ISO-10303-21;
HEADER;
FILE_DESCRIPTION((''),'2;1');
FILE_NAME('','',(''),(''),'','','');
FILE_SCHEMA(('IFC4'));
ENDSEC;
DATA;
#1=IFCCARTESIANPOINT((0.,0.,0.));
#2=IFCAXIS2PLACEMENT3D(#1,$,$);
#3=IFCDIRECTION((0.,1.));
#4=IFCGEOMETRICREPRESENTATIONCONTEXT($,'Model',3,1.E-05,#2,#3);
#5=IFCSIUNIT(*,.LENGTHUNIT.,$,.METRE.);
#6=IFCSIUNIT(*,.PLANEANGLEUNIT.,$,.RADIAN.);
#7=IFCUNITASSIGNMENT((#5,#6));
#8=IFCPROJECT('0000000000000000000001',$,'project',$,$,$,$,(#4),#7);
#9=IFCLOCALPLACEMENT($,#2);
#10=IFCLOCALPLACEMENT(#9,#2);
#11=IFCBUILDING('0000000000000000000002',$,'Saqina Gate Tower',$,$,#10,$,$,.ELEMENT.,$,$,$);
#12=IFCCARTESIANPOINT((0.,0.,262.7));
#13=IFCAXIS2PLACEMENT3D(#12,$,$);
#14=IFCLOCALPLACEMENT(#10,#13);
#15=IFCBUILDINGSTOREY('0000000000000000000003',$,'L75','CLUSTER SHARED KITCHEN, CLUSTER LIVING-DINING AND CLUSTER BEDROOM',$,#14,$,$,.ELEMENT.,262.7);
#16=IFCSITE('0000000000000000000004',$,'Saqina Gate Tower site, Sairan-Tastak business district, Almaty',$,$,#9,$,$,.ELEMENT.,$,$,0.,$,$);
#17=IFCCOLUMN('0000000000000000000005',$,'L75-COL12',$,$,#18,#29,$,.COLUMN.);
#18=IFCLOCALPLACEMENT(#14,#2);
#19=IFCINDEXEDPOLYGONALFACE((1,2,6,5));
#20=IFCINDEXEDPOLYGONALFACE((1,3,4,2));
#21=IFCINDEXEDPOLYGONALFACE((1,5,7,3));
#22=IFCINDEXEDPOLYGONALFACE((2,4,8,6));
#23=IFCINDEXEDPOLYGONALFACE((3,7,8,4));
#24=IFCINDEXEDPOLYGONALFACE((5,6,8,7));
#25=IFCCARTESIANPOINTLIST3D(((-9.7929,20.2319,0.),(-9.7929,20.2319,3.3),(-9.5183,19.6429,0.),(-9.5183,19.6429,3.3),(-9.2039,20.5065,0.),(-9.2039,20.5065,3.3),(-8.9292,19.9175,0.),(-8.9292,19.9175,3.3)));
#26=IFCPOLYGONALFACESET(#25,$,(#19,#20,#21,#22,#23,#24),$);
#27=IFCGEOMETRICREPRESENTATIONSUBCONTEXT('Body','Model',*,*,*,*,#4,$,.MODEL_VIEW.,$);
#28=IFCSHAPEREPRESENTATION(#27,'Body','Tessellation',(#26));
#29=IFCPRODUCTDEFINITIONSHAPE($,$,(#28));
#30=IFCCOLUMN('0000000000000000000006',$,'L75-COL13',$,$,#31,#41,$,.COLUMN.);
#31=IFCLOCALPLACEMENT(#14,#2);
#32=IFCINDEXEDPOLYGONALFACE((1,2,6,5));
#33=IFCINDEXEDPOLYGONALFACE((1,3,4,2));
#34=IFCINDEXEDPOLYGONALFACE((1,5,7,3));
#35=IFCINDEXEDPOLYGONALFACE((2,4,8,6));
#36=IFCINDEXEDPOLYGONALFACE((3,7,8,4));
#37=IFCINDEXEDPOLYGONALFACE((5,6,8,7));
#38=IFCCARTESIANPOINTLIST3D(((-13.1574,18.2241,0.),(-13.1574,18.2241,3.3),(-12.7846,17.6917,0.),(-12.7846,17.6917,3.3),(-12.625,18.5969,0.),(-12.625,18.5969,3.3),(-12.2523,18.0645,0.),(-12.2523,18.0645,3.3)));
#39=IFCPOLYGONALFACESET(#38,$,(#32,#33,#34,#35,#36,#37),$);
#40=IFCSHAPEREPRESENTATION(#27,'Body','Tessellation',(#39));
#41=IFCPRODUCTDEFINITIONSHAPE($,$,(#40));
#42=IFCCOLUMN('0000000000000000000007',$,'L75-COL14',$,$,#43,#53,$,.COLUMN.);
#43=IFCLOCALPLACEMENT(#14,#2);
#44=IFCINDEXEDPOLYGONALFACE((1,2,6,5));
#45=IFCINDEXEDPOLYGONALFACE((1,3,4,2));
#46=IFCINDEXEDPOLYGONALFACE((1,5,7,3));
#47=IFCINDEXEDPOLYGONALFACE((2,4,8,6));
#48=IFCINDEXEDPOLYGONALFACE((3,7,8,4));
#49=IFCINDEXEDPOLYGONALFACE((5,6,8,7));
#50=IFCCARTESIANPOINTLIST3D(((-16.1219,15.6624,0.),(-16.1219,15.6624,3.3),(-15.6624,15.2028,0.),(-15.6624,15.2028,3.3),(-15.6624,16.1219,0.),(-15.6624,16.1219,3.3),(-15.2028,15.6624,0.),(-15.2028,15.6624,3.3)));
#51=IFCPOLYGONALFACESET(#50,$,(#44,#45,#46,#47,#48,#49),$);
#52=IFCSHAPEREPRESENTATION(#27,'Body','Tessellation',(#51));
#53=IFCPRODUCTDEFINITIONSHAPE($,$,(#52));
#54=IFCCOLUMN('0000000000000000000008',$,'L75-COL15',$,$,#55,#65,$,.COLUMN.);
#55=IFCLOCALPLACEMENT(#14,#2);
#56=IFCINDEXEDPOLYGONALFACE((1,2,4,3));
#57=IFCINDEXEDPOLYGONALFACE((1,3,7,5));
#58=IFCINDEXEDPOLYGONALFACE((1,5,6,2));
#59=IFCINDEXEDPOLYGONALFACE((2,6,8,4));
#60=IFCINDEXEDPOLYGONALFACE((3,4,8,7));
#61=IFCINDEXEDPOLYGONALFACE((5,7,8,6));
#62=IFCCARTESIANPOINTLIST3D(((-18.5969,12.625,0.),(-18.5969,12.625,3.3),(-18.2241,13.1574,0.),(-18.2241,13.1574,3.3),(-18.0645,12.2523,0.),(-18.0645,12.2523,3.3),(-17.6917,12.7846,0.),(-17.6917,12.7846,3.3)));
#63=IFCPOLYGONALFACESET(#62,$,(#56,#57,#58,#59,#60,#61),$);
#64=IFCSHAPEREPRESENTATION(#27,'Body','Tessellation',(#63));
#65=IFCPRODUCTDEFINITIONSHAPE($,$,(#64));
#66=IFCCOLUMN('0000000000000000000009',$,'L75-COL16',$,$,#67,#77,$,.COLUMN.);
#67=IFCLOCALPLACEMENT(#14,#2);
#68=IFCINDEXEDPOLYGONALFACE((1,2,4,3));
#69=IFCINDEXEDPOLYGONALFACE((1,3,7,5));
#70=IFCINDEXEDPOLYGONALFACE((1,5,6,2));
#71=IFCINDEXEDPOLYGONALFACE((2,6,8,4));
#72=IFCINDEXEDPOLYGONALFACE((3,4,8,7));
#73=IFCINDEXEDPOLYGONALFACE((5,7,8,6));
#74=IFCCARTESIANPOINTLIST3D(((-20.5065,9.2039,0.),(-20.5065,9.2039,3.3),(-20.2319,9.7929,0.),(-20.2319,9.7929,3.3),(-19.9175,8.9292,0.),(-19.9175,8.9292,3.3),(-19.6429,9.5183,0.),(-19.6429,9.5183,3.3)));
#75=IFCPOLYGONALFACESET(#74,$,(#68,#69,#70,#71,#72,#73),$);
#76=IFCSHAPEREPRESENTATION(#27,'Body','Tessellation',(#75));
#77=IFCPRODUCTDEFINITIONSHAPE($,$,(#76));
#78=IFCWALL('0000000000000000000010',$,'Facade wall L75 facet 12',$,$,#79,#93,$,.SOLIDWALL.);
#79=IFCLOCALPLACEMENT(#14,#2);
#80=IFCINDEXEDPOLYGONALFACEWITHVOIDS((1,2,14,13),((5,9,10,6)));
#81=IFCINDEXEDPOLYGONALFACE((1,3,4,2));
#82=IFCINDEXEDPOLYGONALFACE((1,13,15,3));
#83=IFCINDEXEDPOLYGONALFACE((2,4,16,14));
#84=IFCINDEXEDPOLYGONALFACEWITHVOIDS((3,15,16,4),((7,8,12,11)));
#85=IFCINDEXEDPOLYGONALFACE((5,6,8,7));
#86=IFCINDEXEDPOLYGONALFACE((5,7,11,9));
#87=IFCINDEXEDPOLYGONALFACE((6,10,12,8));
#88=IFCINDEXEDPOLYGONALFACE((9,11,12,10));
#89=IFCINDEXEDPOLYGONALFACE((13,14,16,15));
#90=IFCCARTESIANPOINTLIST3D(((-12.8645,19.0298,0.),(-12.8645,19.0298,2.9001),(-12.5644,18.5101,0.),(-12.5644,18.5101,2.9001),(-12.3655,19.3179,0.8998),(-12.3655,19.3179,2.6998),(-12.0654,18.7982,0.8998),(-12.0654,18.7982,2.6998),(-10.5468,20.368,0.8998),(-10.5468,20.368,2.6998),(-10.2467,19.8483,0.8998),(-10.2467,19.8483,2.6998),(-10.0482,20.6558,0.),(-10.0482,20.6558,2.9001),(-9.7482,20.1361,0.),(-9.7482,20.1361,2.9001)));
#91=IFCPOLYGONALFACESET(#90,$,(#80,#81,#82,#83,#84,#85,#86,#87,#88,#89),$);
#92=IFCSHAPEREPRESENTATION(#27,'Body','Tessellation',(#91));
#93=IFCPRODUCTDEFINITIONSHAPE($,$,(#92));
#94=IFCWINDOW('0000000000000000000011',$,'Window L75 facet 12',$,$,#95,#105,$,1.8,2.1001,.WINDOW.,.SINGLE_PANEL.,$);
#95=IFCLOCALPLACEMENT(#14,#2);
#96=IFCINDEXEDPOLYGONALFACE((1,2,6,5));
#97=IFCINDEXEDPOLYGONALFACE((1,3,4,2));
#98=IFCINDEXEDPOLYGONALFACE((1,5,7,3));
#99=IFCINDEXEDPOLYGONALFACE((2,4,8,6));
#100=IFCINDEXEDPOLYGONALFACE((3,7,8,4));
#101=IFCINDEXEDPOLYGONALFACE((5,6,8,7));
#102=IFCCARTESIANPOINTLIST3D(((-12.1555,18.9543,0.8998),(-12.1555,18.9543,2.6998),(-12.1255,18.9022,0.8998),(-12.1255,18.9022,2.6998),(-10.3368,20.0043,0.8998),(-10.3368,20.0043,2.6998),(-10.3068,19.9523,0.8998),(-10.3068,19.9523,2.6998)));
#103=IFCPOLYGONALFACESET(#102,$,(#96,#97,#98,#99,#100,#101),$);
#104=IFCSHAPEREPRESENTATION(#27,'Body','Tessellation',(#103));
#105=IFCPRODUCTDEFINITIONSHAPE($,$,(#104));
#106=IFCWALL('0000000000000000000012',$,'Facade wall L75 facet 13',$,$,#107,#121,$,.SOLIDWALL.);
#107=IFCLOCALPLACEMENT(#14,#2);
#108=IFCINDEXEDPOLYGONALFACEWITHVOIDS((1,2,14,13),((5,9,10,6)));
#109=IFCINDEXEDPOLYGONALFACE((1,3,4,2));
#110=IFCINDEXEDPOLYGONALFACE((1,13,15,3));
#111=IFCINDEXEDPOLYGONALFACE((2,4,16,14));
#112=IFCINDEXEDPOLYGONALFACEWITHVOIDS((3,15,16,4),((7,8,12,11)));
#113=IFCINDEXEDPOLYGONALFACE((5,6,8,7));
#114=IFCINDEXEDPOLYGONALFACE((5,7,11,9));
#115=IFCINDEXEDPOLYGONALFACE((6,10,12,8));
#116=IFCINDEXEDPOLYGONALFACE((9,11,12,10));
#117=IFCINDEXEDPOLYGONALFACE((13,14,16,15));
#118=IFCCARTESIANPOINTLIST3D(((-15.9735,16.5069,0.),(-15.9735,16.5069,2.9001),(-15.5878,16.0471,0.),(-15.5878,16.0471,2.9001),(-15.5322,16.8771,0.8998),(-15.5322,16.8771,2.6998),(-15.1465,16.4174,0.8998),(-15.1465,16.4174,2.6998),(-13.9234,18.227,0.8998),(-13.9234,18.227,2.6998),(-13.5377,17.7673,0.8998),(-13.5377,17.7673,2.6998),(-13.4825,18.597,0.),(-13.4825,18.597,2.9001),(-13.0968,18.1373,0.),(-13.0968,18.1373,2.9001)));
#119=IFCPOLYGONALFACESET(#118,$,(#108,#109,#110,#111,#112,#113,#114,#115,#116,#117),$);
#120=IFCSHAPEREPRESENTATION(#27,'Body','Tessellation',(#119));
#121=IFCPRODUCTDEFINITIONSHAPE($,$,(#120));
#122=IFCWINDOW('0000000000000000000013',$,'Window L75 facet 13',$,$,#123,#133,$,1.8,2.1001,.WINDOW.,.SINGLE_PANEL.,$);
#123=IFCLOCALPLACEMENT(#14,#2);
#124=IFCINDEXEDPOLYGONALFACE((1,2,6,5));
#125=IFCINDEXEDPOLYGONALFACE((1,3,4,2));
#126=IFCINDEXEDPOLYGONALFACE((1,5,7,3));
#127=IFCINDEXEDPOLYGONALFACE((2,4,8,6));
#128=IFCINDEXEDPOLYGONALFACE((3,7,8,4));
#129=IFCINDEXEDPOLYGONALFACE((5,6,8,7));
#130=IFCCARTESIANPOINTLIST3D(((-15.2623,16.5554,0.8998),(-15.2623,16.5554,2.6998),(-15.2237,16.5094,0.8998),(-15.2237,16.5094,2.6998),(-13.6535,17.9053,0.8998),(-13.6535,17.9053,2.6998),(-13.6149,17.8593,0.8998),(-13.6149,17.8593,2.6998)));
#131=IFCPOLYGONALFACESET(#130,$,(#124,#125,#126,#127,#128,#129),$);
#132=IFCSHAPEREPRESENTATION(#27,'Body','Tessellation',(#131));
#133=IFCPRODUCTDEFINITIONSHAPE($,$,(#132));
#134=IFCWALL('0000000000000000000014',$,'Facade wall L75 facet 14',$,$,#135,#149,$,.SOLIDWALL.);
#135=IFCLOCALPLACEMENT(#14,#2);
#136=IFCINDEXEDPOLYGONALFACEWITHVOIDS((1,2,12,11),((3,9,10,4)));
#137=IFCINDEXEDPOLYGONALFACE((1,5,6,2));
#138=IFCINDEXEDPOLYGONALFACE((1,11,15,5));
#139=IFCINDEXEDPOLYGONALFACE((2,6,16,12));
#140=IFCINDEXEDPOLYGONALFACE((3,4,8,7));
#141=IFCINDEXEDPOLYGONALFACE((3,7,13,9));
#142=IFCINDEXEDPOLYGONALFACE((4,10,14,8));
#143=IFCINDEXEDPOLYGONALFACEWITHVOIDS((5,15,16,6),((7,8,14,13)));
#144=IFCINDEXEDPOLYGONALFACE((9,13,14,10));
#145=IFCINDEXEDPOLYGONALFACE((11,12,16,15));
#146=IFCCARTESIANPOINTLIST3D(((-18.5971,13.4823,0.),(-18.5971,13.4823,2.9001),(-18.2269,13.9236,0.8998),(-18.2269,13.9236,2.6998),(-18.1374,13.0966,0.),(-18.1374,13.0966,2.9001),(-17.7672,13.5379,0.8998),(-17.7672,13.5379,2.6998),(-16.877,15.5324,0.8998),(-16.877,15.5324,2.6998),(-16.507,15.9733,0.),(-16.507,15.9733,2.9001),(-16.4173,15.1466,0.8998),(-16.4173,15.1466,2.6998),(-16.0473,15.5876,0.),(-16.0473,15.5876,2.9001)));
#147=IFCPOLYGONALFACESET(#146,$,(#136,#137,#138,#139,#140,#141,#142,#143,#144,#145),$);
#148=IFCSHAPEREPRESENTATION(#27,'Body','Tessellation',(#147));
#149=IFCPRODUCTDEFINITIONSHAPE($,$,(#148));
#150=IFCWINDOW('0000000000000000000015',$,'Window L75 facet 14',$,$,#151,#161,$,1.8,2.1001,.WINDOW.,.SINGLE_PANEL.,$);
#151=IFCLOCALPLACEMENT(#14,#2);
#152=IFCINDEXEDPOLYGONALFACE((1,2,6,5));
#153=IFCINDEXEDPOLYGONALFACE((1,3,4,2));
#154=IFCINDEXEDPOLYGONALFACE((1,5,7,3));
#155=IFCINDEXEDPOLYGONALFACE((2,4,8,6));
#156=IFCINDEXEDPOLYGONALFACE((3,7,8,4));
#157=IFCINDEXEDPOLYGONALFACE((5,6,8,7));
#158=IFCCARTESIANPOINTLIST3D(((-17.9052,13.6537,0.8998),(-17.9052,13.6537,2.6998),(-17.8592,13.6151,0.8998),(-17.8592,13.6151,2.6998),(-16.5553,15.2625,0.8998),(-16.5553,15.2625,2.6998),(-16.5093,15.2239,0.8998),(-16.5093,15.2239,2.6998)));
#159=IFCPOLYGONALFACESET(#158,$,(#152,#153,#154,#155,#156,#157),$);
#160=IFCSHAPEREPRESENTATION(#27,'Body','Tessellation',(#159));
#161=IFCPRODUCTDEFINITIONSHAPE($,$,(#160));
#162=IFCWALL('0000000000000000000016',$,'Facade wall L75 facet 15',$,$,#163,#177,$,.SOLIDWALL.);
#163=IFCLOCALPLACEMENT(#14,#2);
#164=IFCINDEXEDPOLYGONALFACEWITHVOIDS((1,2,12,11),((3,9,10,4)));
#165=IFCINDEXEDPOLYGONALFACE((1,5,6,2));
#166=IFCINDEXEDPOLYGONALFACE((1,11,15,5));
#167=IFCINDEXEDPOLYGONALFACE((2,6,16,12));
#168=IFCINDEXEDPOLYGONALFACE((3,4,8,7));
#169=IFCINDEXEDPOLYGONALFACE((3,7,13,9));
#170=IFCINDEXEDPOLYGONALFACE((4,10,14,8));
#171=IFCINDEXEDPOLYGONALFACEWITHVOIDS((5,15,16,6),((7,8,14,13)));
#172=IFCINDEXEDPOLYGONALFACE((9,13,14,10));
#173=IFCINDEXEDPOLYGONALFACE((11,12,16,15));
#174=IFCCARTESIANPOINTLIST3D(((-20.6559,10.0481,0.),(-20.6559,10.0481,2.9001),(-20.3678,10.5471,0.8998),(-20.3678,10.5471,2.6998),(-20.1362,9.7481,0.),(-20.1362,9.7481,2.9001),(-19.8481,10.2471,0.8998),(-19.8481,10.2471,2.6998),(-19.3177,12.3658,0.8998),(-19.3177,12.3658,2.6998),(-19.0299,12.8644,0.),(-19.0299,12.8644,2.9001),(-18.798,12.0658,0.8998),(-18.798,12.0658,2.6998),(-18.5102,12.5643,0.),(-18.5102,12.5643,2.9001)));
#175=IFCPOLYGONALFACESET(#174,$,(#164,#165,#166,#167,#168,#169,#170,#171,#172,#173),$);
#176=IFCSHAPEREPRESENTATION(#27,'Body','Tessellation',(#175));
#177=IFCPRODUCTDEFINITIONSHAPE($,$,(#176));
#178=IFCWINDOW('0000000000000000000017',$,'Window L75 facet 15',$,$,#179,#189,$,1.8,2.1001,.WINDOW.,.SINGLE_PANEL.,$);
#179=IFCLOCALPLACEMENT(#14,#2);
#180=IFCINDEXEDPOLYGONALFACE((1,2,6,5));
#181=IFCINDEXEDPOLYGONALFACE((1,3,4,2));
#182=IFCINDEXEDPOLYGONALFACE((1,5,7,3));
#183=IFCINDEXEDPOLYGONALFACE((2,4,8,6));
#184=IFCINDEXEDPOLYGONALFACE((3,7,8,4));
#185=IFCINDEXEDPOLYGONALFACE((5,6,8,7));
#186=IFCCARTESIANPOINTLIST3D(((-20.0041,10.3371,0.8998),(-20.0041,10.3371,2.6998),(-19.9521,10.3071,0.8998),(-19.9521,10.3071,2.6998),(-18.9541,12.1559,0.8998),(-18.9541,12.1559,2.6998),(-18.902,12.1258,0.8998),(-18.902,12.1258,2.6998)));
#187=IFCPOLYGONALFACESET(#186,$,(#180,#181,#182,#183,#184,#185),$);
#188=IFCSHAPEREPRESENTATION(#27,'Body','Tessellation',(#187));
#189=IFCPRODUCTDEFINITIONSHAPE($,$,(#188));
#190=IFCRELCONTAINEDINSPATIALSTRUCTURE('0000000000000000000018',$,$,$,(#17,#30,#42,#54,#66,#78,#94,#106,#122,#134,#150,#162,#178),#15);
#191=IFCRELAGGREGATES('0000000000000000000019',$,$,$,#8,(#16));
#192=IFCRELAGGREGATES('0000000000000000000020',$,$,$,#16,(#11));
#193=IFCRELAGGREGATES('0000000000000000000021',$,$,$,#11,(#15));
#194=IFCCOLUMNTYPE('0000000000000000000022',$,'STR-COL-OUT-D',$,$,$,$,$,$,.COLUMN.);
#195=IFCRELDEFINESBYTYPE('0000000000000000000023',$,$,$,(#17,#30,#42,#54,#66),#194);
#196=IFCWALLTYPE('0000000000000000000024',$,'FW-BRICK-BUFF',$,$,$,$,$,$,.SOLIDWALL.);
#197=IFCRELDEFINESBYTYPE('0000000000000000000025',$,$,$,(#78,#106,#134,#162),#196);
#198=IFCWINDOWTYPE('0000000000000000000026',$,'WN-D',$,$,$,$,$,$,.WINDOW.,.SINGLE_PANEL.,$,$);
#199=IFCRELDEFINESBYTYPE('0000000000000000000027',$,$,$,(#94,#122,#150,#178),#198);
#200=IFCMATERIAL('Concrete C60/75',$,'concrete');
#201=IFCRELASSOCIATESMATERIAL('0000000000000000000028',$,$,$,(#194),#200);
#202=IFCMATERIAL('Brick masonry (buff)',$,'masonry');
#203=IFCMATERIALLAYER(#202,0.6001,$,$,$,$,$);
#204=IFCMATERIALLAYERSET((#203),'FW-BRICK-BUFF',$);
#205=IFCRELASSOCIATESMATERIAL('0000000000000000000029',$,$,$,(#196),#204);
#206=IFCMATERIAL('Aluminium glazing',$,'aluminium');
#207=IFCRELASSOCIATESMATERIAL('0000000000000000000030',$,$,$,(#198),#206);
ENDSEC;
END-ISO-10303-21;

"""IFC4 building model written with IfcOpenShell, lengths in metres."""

from ifc_helpers import new_model, si_unit, direction, frame, frame_2d, origin, origin_2d, place, context, subcontext, project, spatial, rectangle, extrude, material, layer, layer_set, material_profile, profile_set, type_object, element, fill, save


model = new_model("IFC4")

# Units and contexts
model_context = context("Model", 3, precision=1e-05, world=origin(), true_north=direction((0.0, 1.0)))
body_context = subcontext(model_context, "Body", "Model", "MODEL_VIEW")
ifc_project = project(units=[si_unit("LENGTHUNIT", "METRE"), si_unit("PLANEANGLEUNIT", "RADIAN")], contexts=[model_context])

# Site, building, storey
site_placement = place(None, origin())
site = spatial("IfcSite", under=ifc_project, at=site_placement, Name="Saqina Gate Tower site, Sairan-Tastak business district, Almaty", CompositionType="ELEMENT", RefElevation=0.0)
building_placement = place(site_placement, origin())
building = spatial("IfcBuilding", under=site, at=building_placement, Name="Saqina Gate Tower", CompositionType="ELEMENT")
storey_placement = place(building_placement, frame((0.0, 0.0, 262.7)))
storey = spatial("IfcBuildingStorey", under=building, at=storey_placement, Name="L75", Description="CLUSTER SHARED KITCHEN, CLUSTER LIVING-DINING AND CLUSTER BEDROOM", CompositionType="ELEMENT", Elevation=262.7)

# Columns
ifc_material_1 = material(Name="Concrete C60/75", Category="concrete")
ifc_material_profile = material_profile(ifc_material_1, rectangle(XDim=0.6499, YDim=0.6499, at=origin_2d()), Name="RC 650x650")
ifc_profile_set = profile_set([ifc_material_profile], Name="Concrete C60/75")
column_type = type_object("IfcColumnType", Name="STR-COL-OUT-D", PredefinedType="COLUMN", material=ifc_profile_set)
for number, where, z_axis, x_axis, name in (
    (1, (-9.3611, 20.0747, 0.0), (0.0, 0.0, 1.0), (-0.422618, 0.906308, 0.0), "L75-COL12"),
    (2, (-12.7048, 18.1443, 0.0), (0.0, 0.0, 1.0), (-0.573576, 0.819152, 0.0), "L75-COL13"),
    (3, (-15.6624, 15.6624, 0.0), (0.0, 0.0, 1.0), (-0.707107, 0.707107, 0.0), "L75-COL14"),
    (4, (-18.1443, 12.7048, 0.0), (0.0, 0.0, 1.0), (-0.819152, 0.573576, 0.0), "L75-COL15"),
    (5, (-20.0747, 9.3611, 0.0), (0.0, 0.0, 1.0), (-0.906308, 0.422618, 0.0), "L75-COL16"),
):
    element("IfcColumn", number, at=place(storey_placement, frame(where, z_axis=z_axis, x_axis=x_axis)), inside=storey, type_object=column_type, Name=name, PredefinedType="COLUMN", context=body_context, shape_type="SweptSolid", body=[
        extrude(rectangle(XDim=0.6499, YDim=0.6499, at=origin_2d()), origin(), (0.0, 0.0, 1.0), 3.3),
    ])

# Walls, openings, windows
ifc_material_2 = material(Name="Brick masonry (buff)", Category="masonry")
ifc_layer_1 = layer(ifc_material_2, 0.6001)
ifc_layer_set_1 = layer_set([ifc_layer_1], Name="FW-BRICK-BUFF")
wall_type_1 = type_object("IfcWallType", Name="FW-BRICK-BUFF", PredefinedType="SOLIDWALL", material=ifc_layer_set_1)
wall_1_placement = place(storey_placement, frame((-9.8982, 20.396, 0.0), z_axis=(0.0, 0.0, 1.0), x_axis=(-0.866017, -0.500015, 0.0)))
wall_1 = element("IfcWall", 6, at=wall_1_placement, inside=storey, type_object=wall_type_1, Name="Facade wall L75 facet 12", PredefinedType="SOLIDWALL", context=body_context, shape_type="SweptSolid", body=[
    extrude(rectangle(XDim=3.252, YDim=0.6001, at=frame_2d((1.626, 0.0))), origin(), (0.0, 0.0, 1.0), 2.9001),
])
opening_1_placement = place(wall_1_placement, frame((0.5757, 0.0, 0.8999)))
opening_1 = element("IfcOpeningElement", 7, at=opening_1_placement, cuts=wall_1, PredefinedType="OPENING", context=body_context, shape_type="SweptSolid", body=[
    extrude(rectangle(XDim=2.1001, YDim=1.8, at=frame_2d((1.05, 0.8999))), frame((0.0, 0.312, 0.0), z_axis=(0.0, -1.0, 0.0), x_axis=(1.0, 0.0, 0.0)), (0.0, 0.0, 1.0), 0.624),
])
ifc_material_3 = material(Name="Aluminium glazing", Category="aluminium")
window_type = type_object("IfcWindowType", Name="WN-D", PartitioningType="SINGLE_PANEL", PredefinedType="WINDOW", material=ifc_material_3)
window_1_placement = place(opening_1_placement, origin())
window_1 = element("IfcWindow", 8, at=window_1_placement, inside=storey, type_object=window_type, Name="Window L75 facet 12", OverallHeight=1.8, OverallWidth=2.1001, PartitioningType="SINGLE_PANEL", PredefinedType="WINDOW", context=body_context, shape_type="SweptSolid", body=[
    extrude(rectangle(XDim=2.1001, YDim=1.8, at=frame_2d((1.05, 0.8999))), frame((0.0, 0.1799, 0.0), z_axis=(0.0, -1.0, 0.0), x_axis=(1.0, 0.0, 0.0)), (0.0, 0.0, 1.0), 0.0601),
])
fill(opening_1, window_1)
wall_2_placement = place(storey_placement, frame((-13.2896, 18.3672, 0.0), z_axis=(0.0, 0.0, 1.0), x_axis=(-0.766057, -0.642773, 0.0)))
wall_2 = element("IfcWall", 9, at=wall_2_placement, inside=storey, type_object=wall_type_1, Name="Facade wall L75 facet 13", PredefinedType="SOLIDWALL", context=body_context, shape_type="SweptSolid", body=[
    extrude(rectangle(XDim=3.2517, YDim=0.6001, at=frame_2d((1.626, 0.0))), origin(), (0.0, 0.0, 1.0), 2.9001),
])
opening_2_placement = place(wall_2_placement, frame((0.5757, 0.0, 0.8999)))
opening_2 = element("IfcOpeningElement", 10, at=opening_2_placement, cuts=wall_2, PredefinedType="OPENING", context=body_context, shape_type="SweptSolid", body=[
    extrude(rectangle(XDim=2.1001, YDim=1.8, at=frame_2d((1.05, 0.8999))), frame((0.0, 0.312, 0.0), z_axis=(0.0, -1.0, 0.0), x_axis=(1.0, 0.0, 0.0)), (0.0, 0.0, 1.0), 0.624),
])
window_2_placement = place(opening_2_placement, origin())
window_2 = element("IfcWindow", 11, at=window_2_placement, inside=storey, type_object=window_type, Name="Window L75 facet 13", OverallHeight=1.8, OverallWidth=2.1001, PartitioningType="SINGLE_PANEL", PredefinedType="WINDOW", context=body_context, shape_type="SweptSolid", body=[
    extrude(rectangle(XDim=2.1001, YDim=1.8, at=frame_2d((1.05, 0.8999))), frame((0.0, 0.1799, 0.0), z_axis=(0.0, -1.0, 0.0), x_axis=(1.0, 0.0, 0.0)), (0.0, 0.0, 1.0), 0.0601),
])
fill(opening_2, window_2)
wall_3_placement = place(storey_placement, frame((-16.2771, 15.7805, 0.0), z_axis=(0.0, 0.0, 1.0), x_axis=(-0.642773, -0.766057, 0.0)))
wall_3 = element("IfcWall", 12, at=wall_3_placement, inside=storey, type_object=wall_type_1, Name="Facade wall L75 facet 14", PredefinedType="SOLIDWALL", context=body_context, shape_type="SweptSolid", body=[
    extrude(rectangle(XDim=3.2517, YDim=0.6001, at=frame_2d((1.626, 0.0))), origin(), (0.0, 0.0, 1.0), 2.9001),
])
opening_3_placement = place(wall_3_placement, frame((0.5757, 0.0, 0.8999)))
opening_3 = element("IfcOpeningElement", 13, at=opening_3_placement, cuts=wall_3, PredefinedType="OPENING", context=body_context, shape_type="SweptSolid", body=[
    extrude(rectangle(XDim=2.1001, YDim=1.8, at=frame_2d((1.05, 0.8999))), frame((0.0, 0.312, 0.0), z_axis=(0.0, -1.0, 0.0), x_axis=(1.0, 0.0, 0.0)), (0.0, 0.0, 1.0), 0.624),
])
window_3_placement = place(opening_3_placement, origin())
window_3 = element("IfcWindow", 14, at=window_3_placement, inside=storey, type_object=window_type, Name="Window L75 facet 14", OverallHeight=1.8, OverallWidth=2.1001, PartitioningType="SINGLE_PANEL", PredefinedType="WINDOW", context=body_context, shape_type="SweptSolid", body=[
    extrude(rectangle(XDim=2.1001, YDim=1.8, at=frame_2d((1.05, 0.8999))), frame((0.0, 0.1799, 0.0), z_axis=(0.0, -1.0, 0.0), x_axis=(1.0, 0.0, 0.0)), (0.0, 0.0, 1.0), 0.0601),
])
fill(opening_3, window_3)
wall_4_placement = place(storey_placement, frame((-18.77, 12.7144, 0.0), z_axis=(0.0, 0.0, 1.0), x_axis=(-0.500015, -0.866017, 0.0)))
wall_4 = element("IfcWall", 15, at=wall_4_placement, inside=storey, type_object=wall_type_1, Name="Facade wall L75 facet 15", PredefinedType="SOLIDWALL", context=body_context, shape_type="SweptSolid", body=[
    extrude(rectangle(XDim=3.252, YDim=0.6001, at=frame_2d((1.626, 0.0))), origin(), (0.0, 0.0, 1.0), 2.9001),
])
opening_4_placement = place(wall_4_placement, frame((0.5757, 0.0, 0.8999)))
opening_4 = element("IfcOpeningElement", 16, at=opening_4_placement, cuts=wall_4, PredefinedType="OPENING", context=body_context, shape_type="SweptSolid", body=[
    extrude(rectangle(XDim=2.1001, YDim=1.8, at=frame_2d((1.05, 0.8999))), frame((0.0, 0.312, 0.0), z_axis=(0.0, -1.0, 0.0), x_axis=(1.0, 0.0, 0.0)), (0.0, 0.0, 1.0), 0.624),
])
window_4_placement = place(opening_4_placement, origin())
window_4 = element("IfcWindow", 17, at=window_4_placement, inside=storey, type_object=window_type, Name="Window L75 facet 15", OverallHeight=1.8, OverallWidth=2.1001, PartitioningType="SINGLE_PANEL", PredefinedType="WINDOW", context=body_context, shape_type="SweptSolid", body=[
    extrude(rectangle(XDim=2.1001, YDim=1.8, at=frame_2d((1.05, 0.8999))), frame((0.0, 0.1799, 0.0), z_axis=(0.0, -1.0, 0.0), x_axis=(1.0, 0.0, 0.0)), (0.0, 0.0, 1.0), 0.0601),
])
fill(opening_4, window_4)

save(model, "model.ifc")
